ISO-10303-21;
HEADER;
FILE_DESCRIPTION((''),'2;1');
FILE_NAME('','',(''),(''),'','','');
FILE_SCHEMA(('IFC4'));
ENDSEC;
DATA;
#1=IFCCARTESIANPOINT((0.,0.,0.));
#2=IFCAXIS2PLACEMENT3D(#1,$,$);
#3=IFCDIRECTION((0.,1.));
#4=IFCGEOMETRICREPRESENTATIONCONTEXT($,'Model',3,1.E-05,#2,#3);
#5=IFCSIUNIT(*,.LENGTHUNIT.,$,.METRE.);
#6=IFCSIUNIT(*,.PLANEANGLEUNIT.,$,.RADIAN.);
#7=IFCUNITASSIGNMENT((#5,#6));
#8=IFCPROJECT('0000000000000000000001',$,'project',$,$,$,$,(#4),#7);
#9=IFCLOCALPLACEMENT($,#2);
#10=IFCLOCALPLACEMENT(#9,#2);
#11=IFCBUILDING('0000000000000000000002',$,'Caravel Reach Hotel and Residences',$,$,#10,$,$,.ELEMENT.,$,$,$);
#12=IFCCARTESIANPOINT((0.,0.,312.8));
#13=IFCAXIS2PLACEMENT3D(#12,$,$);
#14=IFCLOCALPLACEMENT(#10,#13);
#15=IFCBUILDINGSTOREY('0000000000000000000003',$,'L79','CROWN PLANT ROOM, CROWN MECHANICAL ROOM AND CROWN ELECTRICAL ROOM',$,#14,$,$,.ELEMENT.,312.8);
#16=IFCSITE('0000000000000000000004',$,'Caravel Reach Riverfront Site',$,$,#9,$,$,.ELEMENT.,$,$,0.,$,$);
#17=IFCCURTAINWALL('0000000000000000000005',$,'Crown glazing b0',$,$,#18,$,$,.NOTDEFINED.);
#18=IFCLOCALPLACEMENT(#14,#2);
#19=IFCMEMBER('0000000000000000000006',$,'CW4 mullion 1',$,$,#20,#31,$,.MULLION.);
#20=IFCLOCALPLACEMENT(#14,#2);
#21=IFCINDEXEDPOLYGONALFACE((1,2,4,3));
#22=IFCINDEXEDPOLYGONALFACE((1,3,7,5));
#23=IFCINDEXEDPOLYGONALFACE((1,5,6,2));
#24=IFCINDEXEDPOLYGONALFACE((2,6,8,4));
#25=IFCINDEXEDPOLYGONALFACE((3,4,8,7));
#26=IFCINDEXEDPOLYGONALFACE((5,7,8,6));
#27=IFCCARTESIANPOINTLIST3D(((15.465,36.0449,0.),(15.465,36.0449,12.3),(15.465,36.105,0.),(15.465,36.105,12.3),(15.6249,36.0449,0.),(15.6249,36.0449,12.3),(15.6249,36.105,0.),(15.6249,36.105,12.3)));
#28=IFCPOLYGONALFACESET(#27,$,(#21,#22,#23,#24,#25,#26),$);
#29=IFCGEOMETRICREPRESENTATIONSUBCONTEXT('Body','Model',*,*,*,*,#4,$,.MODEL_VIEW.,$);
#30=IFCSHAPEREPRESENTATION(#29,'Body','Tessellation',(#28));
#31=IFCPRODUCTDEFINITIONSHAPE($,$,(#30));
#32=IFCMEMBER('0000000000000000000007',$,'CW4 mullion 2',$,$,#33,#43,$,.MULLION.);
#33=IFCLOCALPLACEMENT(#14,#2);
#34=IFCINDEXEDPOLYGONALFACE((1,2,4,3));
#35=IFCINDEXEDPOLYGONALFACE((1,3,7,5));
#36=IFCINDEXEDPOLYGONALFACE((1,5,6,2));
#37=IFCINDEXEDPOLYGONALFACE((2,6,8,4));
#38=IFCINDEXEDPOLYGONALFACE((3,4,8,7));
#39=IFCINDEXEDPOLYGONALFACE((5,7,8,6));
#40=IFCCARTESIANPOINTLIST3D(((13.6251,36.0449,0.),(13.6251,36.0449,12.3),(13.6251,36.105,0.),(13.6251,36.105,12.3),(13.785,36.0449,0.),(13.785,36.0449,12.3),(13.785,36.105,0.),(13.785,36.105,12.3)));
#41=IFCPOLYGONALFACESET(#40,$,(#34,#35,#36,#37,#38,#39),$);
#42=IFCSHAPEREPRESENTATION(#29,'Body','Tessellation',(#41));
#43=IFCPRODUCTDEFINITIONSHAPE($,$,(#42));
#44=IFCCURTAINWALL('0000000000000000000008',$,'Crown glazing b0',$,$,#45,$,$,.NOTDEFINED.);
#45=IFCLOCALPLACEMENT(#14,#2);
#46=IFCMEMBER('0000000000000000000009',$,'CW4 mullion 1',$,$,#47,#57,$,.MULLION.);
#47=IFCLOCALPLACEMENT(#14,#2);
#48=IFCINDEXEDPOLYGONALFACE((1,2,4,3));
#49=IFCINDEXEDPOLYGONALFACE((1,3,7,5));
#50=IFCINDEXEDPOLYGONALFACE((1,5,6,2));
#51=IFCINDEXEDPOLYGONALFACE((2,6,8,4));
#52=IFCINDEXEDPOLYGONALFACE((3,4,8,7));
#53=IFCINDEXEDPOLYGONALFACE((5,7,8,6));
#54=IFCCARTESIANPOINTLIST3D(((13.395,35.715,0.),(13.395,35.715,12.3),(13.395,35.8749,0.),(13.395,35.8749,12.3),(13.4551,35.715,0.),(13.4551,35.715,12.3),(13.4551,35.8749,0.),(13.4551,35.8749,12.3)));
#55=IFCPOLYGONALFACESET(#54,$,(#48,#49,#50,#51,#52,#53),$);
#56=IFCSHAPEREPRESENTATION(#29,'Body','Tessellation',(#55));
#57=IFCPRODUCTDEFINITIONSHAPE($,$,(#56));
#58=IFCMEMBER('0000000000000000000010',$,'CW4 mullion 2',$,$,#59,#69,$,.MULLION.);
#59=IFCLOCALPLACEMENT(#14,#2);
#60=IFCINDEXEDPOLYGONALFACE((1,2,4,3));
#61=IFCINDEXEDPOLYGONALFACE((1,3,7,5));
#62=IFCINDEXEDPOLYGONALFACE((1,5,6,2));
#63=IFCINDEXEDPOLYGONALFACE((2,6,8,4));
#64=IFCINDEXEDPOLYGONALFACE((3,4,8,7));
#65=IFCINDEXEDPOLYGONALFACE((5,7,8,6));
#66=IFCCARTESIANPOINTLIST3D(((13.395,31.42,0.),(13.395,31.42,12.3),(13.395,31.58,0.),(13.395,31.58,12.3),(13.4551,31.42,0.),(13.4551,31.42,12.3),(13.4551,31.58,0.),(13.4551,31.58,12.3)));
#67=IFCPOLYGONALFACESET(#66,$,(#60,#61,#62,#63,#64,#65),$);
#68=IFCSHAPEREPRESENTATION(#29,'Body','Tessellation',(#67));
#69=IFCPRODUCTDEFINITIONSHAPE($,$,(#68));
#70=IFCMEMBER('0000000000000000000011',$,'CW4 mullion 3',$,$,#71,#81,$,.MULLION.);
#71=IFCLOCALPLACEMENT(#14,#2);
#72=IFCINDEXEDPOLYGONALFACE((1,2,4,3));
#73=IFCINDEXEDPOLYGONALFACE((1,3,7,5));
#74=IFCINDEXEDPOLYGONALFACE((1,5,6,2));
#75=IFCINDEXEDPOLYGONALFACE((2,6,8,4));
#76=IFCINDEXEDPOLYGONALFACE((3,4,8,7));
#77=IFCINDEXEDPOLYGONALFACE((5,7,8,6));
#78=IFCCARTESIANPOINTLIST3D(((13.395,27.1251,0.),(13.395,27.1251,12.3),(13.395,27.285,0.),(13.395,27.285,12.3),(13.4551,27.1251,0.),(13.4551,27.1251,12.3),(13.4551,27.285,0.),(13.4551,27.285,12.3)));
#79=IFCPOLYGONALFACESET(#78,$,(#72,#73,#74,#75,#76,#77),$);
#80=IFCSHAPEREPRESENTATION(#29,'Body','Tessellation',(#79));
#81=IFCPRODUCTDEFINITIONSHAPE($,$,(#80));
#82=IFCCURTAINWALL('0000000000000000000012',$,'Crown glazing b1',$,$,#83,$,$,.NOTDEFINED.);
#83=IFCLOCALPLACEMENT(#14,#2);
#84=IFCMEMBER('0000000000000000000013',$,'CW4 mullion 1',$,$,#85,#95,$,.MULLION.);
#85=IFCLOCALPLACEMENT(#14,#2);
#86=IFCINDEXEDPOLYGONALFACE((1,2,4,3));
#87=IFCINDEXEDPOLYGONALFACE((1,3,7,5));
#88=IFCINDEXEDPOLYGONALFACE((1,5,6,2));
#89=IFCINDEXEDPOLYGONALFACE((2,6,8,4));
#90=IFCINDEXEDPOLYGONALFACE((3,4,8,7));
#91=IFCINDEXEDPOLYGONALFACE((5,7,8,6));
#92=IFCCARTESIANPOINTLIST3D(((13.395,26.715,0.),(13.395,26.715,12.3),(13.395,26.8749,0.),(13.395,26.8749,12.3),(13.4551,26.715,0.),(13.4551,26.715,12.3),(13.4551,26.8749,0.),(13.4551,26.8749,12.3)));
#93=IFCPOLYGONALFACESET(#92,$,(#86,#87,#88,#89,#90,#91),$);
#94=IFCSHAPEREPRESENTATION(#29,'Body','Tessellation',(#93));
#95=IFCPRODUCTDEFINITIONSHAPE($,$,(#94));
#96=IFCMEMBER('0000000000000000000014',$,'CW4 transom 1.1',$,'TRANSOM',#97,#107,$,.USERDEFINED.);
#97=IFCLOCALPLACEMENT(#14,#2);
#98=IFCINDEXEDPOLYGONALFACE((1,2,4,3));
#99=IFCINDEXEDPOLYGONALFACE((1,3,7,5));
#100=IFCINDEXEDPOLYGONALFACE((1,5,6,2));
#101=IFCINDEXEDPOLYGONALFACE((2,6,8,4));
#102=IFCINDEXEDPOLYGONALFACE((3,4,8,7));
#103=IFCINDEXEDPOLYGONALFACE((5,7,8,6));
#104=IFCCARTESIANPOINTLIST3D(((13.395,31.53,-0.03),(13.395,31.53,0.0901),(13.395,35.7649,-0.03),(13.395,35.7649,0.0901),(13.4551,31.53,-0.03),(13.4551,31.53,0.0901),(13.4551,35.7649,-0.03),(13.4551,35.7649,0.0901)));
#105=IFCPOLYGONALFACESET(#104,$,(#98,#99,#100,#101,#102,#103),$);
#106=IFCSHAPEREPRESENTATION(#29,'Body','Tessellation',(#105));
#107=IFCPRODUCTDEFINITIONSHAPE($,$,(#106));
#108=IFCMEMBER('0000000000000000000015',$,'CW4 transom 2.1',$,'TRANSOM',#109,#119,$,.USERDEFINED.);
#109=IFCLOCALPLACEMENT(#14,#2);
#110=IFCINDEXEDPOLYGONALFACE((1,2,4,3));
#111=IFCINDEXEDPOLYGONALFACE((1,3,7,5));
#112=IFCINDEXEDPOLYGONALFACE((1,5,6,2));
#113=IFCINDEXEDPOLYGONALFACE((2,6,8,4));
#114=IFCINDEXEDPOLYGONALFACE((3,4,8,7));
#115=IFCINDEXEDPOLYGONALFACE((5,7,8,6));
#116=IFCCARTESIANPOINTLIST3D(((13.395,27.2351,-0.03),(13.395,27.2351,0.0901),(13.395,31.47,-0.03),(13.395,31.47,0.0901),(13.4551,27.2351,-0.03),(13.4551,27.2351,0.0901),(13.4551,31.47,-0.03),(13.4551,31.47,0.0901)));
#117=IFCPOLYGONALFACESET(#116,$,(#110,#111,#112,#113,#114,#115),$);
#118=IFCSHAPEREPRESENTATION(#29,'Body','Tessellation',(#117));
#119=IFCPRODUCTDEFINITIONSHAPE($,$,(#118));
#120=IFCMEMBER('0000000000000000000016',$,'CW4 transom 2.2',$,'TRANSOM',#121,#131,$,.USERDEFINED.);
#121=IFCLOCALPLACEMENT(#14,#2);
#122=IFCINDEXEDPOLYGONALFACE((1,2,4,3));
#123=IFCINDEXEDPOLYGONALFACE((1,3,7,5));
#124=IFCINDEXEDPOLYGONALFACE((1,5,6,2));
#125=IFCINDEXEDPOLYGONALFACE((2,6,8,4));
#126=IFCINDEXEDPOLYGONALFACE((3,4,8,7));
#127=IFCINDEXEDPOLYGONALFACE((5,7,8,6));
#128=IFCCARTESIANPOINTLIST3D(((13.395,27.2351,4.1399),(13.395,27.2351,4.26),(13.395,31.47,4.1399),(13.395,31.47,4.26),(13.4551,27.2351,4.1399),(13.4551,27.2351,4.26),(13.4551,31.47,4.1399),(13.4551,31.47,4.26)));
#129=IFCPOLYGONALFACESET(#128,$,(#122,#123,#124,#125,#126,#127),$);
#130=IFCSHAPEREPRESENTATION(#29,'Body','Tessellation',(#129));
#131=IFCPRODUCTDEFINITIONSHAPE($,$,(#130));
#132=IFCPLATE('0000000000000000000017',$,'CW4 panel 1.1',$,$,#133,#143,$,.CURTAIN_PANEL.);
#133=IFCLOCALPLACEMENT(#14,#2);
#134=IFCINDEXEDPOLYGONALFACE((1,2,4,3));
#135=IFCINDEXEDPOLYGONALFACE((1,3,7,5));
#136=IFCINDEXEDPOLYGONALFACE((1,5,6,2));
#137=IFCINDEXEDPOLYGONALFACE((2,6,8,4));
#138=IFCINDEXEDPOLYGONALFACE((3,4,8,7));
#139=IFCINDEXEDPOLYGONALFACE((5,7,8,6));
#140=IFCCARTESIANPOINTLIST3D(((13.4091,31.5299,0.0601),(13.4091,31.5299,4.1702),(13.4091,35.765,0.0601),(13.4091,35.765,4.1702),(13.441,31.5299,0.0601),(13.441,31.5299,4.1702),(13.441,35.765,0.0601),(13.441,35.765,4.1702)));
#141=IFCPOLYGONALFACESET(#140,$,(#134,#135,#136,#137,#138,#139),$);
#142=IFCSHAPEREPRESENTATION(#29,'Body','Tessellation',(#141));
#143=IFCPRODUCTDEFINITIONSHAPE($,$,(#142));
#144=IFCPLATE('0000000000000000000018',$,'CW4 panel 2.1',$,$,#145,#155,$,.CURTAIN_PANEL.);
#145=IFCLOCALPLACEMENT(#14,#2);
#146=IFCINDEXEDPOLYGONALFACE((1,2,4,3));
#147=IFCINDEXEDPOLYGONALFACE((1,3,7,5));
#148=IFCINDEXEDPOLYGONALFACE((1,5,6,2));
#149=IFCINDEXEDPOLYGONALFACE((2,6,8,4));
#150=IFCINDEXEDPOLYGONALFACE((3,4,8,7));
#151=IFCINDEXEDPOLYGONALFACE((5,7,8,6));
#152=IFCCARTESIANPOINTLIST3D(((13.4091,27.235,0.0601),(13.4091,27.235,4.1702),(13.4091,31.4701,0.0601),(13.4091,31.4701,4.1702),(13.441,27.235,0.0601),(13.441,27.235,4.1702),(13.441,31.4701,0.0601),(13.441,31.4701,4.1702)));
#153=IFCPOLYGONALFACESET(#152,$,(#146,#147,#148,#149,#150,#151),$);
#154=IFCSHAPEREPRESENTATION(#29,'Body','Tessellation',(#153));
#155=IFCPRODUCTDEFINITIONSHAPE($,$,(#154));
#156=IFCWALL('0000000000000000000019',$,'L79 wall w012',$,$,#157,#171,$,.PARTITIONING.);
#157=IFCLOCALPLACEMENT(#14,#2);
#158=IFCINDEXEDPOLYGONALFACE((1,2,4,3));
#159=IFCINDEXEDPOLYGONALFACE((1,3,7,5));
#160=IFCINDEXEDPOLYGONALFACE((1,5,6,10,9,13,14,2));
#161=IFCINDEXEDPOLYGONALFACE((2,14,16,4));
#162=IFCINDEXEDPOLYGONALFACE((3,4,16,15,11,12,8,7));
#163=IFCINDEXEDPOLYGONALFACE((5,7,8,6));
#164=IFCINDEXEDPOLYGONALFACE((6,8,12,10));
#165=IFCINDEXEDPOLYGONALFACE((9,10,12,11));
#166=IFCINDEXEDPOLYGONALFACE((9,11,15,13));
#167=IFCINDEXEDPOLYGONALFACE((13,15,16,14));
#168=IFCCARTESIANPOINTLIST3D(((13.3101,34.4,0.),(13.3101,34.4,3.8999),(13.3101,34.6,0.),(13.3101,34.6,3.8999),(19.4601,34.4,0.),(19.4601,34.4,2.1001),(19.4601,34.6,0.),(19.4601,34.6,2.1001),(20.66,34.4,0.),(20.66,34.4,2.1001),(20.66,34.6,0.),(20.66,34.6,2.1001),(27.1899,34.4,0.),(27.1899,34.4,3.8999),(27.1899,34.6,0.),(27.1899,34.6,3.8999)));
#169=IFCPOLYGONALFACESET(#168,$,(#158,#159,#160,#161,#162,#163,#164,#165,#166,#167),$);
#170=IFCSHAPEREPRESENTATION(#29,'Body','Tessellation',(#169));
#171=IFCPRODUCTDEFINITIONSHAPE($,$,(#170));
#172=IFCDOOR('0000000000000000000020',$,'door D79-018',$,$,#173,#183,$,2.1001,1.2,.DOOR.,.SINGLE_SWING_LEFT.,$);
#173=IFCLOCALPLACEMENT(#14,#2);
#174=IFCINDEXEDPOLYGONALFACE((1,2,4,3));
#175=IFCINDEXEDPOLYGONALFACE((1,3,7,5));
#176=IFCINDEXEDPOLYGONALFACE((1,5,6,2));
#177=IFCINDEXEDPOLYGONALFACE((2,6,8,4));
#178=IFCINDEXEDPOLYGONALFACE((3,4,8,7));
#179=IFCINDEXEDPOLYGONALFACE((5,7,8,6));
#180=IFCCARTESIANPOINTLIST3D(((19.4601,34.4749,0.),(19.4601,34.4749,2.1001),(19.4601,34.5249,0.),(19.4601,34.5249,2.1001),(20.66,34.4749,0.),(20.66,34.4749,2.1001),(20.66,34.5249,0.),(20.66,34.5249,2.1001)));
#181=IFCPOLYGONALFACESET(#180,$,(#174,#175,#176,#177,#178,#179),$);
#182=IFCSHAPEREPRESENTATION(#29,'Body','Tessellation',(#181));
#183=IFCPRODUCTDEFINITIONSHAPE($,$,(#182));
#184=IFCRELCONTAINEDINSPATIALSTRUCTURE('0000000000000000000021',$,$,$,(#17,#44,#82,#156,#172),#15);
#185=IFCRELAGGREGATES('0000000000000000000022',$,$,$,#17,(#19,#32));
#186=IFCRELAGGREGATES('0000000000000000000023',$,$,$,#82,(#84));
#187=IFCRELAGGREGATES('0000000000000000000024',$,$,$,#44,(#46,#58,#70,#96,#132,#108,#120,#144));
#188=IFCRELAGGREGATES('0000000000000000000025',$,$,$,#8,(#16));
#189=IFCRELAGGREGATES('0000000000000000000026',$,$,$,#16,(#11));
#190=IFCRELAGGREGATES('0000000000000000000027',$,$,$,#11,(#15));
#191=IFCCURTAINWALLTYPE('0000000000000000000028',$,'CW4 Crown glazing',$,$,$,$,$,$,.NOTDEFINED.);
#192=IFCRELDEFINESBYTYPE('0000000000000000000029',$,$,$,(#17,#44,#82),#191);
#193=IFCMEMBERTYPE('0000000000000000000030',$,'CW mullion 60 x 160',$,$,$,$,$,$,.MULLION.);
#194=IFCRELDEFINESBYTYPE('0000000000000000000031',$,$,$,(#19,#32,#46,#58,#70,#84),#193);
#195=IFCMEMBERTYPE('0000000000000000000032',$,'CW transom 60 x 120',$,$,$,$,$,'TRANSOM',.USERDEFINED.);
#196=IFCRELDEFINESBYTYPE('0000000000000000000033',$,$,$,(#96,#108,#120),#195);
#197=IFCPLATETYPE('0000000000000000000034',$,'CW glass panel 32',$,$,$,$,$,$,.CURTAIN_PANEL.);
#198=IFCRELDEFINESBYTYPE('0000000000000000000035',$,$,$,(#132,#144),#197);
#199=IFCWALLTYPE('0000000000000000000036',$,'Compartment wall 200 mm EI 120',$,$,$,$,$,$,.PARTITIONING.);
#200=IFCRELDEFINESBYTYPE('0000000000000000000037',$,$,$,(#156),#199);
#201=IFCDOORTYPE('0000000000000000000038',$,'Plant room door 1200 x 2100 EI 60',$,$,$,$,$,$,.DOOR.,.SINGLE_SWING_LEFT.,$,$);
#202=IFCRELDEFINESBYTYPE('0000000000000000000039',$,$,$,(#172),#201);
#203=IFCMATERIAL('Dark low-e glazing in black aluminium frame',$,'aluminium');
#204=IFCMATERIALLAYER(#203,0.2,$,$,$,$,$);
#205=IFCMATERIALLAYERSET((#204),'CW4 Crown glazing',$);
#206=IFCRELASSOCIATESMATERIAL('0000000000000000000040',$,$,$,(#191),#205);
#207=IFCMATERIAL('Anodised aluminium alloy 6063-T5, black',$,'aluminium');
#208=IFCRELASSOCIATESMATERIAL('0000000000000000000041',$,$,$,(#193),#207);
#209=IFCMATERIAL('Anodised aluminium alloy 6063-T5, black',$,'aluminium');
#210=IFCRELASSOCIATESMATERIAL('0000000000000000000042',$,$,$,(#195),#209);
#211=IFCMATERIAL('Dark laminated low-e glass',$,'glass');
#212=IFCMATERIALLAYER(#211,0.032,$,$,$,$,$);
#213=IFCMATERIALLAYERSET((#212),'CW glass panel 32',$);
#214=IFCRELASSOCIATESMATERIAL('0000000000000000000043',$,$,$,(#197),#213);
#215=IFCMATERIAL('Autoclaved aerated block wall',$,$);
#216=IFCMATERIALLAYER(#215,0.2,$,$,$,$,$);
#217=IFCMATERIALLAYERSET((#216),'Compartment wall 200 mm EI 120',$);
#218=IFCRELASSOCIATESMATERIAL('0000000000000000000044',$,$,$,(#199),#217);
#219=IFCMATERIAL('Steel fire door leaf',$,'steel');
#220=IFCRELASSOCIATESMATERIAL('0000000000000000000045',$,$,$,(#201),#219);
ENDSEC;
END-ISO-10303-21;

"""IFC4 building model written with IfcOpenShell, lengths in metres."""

from ifc_helpers import new_model, si_unit, direction, frame, frame_2d, origin, origin_2d, place, context, subcontext, project, spatial, rectangle, extrude, material, layer, layer_set, material_profile, profile_set, type_object, element, fill, aggregate, save


model = new_model("IFC4")

# Units and contexts
model_context = context("Model", 3, precision=1e-05, world=origin(), true_north=direction((0.0, 1.0)))
body_context = subcontext(model_context, "Body", "Model", "MODEL_VIEW")
ifc_project = project(units=[si_unit("LENGTHUNIT", "METRE"), si_unit("PLANEANGLEUNIT", "RADIAN")], contexts=[model_context])

# Site, building, storey
site_placement = place(None, origin())
site = spatial("IfcSite", under=ifc_project, at=site_placement, Name="Caravel Reach Riverfront Site", CompositionType="ELEMENT", RefElevation=0.0)
building_placement = place(site_placement, origin())
building = spatial("IfcBuilding", under=site, at=building_placement, Name="Caravel Reach Hotel and Residences", CompositionType="ELEMENT")
storey_placement = place(building_placement, frame((0.0, 0.0, 312.8)))
storey = spatial("IfcBuildingStorey", under=building, at=storey_placement, Name="L79", Description="CROWN PLANT ROOM, CROWN MECHANICAL ROOM AND CROWN ELECTRICAL ROOM", CompositionType="ELEMENT", Elevation=312.8)

# Curtain walls, members
ifc_material_1 = material(Name="Dark low-e glazing in black aluminium frame", Category="aluminium")
ifc_layer_1 = layer(ifc_material_1, 0.2)
ifc_layer_set_1 = layer_set([ifc_layer_1], Name="CW4 Crown glazing")
curtain_wall_type = type_object("IfcCurtainWallType", Name="CW4 Crown glazing", PredefinedType="NOTDEFINED", material=ifc_layer_set_1)
curtain_wall_1_placement = place(storey_placement, origin())
curtain_wall_1 = element("IfcCurtainWall", 1, at=curtain_wall_1_placement, inside=storey, type_object=curtain_wall_type, Name="Crown glazing b0", PredefinedType="NOTDEFINED")
ifc_material_2 = material(Name="Anodised aluminium alloy 6063-T5, black", Category="aluminium")
ifc_material_profile_1 = material_profile(ifc_material_2, rectangle(XDim=0.0601, YDim=0.1599, at=origin_2d()), Name="CW mullion 60 x 160")
ifc_profile_set_1 = profile_set([ifc_material_profile_1], Name="Anodised aluminium alloy 6063-T5, black")
member_type_1 = type_object("IfcMemberType", Name="CW mullion 60 x 160", PredefinedType="MULLION", material=ifc_profile_set_1)
member_1_placement = place(storey_placement, frame((15.5449, 36.075, 0.0), z_axis=(0.0, 0.0, 1.0), x_axis=(0.0, -1.0, 0.0)))
member_1 = element("IfcMember", 2, at=member_1_placement, type_object=member_type_1, Name="CW4 mullion 1", PredefinedType="MULLION", context=body_context, shape_type="SweptSolid", body=[
    extrude(rectangle(XDim=0.0601, YDim=0.1599, at=origin_2d()), origin(), (0.0, 0.0, 1.0), 12.3),
])
member_2_placement = place(storey_placement, frame((13.7051, 36.075, 0.0), z_axis=(0.0, 0.0, 1.0), x_axis=(0.0, -1.0, 0.0)))
member_2 = element("IfcMember", 3, at=member_2_placement, type_object=member_type_1, Name="CW4 mullion 2", PredefinedType="MULLION", context=body_context, shape_type="SweptSolid", body=[
    extrude(rectangle(XDim=0.0601, YDim=0.1599, at=origin_2d()), origin(), (0.0, 0.0, 1.0), 12.3),
])
aggregate(curtain_wall_1, [member_1, member_2])
curtain_wall_2_placement = place(storey_placement, origin())
curtain_wall_2 = element("IfcCurtainWall", 4, at=curtain_wall_2_placement, inside=storey, type_object=curtain_wall_type, Name="Crown glazing b0", PredefinedType="NOTDEFINED")
member_3_placement = place(storey_placement, frame((13.425, 35.7949, 0.0), z_axis=(0.0, 0.0, 1.0), x_axis=(1.0, 0.0, 0.0)))
member_3 = element("IfcMember", 5, at=member_3_placement, type_object=member_type_1, Name="CW4 mullion 1", PredefinedType="MULLION", context=body_context, shape_type="SweptSolid", body=[
    extrude(rectangle(XDim=0.0601, YDim=0.1599, at=origin_2d()), origin(), (0.0, 0.0, 1.0), 12.3),
])
member_4_placement = place(storey_placement, frame((13.425, 31.5, 0.0), z_axis=(0.0, 0.0, 1.0), x_axis=(1.0, 0.0, 0.0)))
member_4 = element("IfcMember", 6, at=member_4_placement, type_object=member_type_1, Name="CW4 mullion 2", PredefinedType="MULLION", context=body_context, shape_type="SweptSolid", body=[
    extrude(rectangle(XDim=0.0601, YDim=0.1599, at=origin_2d()), origin(), (0.0, 0.0, 1.0), 12.3),
])
member_5_placement = place(storey_placement, frame((13.425, 27.2051, 0.0), z_axis=(0.0, 0.0, 1.0), x_axis=(1.0, 0.0, 0.0)))
member_5 = element("IfcMember", 7, at=member_5_placement, type_object=member_type_1, Name="CW4 mullion 3", PredefinedType="MULLION", context=body_context, shape_type="SweptSolid", body=[
    extrude(rectangle(XDim=0.0601, YDim=0.1599, at=origin_2d()), origin(), (0.0, 0.0, 1.0), 12.3),
])

# Curtain wall, member
curtain_wall_3_placement = place(storey_placement, origin())
curtain_wall_3 = element("IfcCurtainWall", 8, at=curtain_wall_3_placement, inside=storey, type_object=curtain_wall_type, Name="Crown glazing b1", PredefinedType="NOTDEFINED")
member_6_placement = place(storey_placement, frame((13.425, 26.7949, 0.0), z_axis=(0.0, 0.0, 1.0), x_axis=(1.0, 0.0, 0.0)))
member_6 = element("IfcMember", 9, at=member_6_placement, type_object=member_type_1, Name="CW4 mullion 1", PredefinedType="MULLION", context=body_context, shape_type="SweptSolid", body=[
    extrude(rectangle(XDim=0.0601, YDim=0.1599, at=origin_2d()), origin(), (0.0, 0.0, 1.0), 12.3),
])
aggregate(curtain_wall_3, [member_6])

# Members
ifc_material_3 = material(Name="Anodised aluminium alloy 6063-T5, black", Category="aluminium")
ifc_material_profile_2 = material_profile(ifc_material_3, rectangle(XDim=0.0601, YDim=0.1201, at=origin_2d()), Name="CW transom 60 x 120")
ifc_profile_set_2 = profile_set([ifc_material_profile_2], Name="Anodised aluminium alloy 6063-T5, black")
member_type_2 = type_object("IfcMemberType", Name="CW transom 60 x 120", ElementType="TRANSOM", PredefinedType="USERDEFINED", material=ifc_profile_set_2)
member_7_placement = place(storey_placement, frame((13.425, 35.7649, 0.03), z_axis=(0.0, -1.0, 0.0), x_axis=(1.0, 0.0, 0.0)))
member_7 = element("IfcMember", 10, at=member_7_placement, type_object=member_type_2, Name="CW4 transom 1.1", ObjectType="TRANSOM", PredefinedType="USERDEFINED", context=body_context, shape_type="SweptSolid", body=[
    extrude(rectangle(XDim=0.0601, YDim=0.1201, at=origin_2d()), origin(), (0.0, 0.0, 1.0), 4.2349),
])
member_8_placement = place(storey_placement, frame((13.425, 31.47, 0.03), z_axis=(0.0, -1.0, 0.0), x_axis=(1.0, 0.0, 0.0)))
member_8 = element("IfcMember", 11, at=member_8_placement, type_object=member_type_2, Name="CW4 transom 2.1", ObjectType="TRANSOM", PredefinedType="USERDEFINED", context=body_context, shape_type="SweptSolid", body=[
    extrude(rectangle(XDim=0.0601, YDim=0.1201, at=origin_2d()), origin(), (0.0, 0.0, 1.0), 4.2349),
])
member_9_placement = place(storey_placement, frame((13.425, 31.47, 4.2), z_axis=(0.0, -1.0, 0.0), x_axis=(1.0, 0.0, 0.0)))
member_9 = element("IfcMember", 12, at=member_9_placement, type_object=member_type_2, Name="CW4 transom 2.2", ObjectType="TRANSOM", PredefinedType="USERDEFINED", context=body_context, shape_type="SweptSolid", body=[
    extrude(rectangle(XDim=0.0601, YDim=0.1201, at=origin_2d()), origin(), (0.0, 0.0, 1.0), 4.2349),
])

# Plates
ifc_material_4 = material(Name="Dark laminated low-e glass", Category="glass")
ifc_layer_2 = layer(ifc_material_4, 0.032)
ifc_layer_set_2 = layer_set([ifc_layer_2], Name="CW glass panel 32")
plate_type = type_object("IfcPlateType", Name="CW glass panel 32", PredefinedType="CURTAIN_PANEL", material=ifc_layer_set_2)
plate_1_placement = place(storey_placement, frame((13.425, 33.6475, 0.0601), z_axis=(0.0, 0.0, 1.0), x_axis=(0.0, -1.0, 0.0)))
plate_1 = element("IfcPlate", 13, at=plate_1_placement, type_object=plate_type, Name="CW4 panel 1.1", PredefinedType="CURTAIN_PANEL", context=body_context, shape_type="SweptSolid", body=[
    extrude(rectangle(XDim=4.2351, YDim=0.032, at=origin_2d()), origin(), (0.0, 0.0, 1.0), 4.1101),
])
plate_2_placement = place(storey_placement, frame((13.425, 29.3525, 0.0601), z_axis=(0.0, 0.0, 1.0), x_axis=(0.0, -1.0, 0.0)))
plate_2 = element("IfcPlate", 14, at=plate_2_placement, type_object=plate_type, Name="CW4 panel 2.1", PredefinedType="CURTAIN_PANEL", context=body_context, shape_type="SweptSolid", body=[
    extrude(rectangle(XDim=4.2351, YDim=0.032, at=origin_2d()), origin(), (0.0, 0.0, 1.0), 4.1101),
])
aggregate(curtain_wall_2, [member_3, member_4, member_5, member_7, plate_1, member_8, member_9, plate_2])

# Wall, opening, door
ifc_material_5 = material(Name="Autoclaved aerated block wall")
ifc_layer_3 = layer(ifc_material_5, 0.2)
ifc_layer_set_3 = layer_set([ifc_layer_3], Name="Compartment wall 200 mm EI 120")
wall_type_1 = type_object("IfcWallType", Name="Compartment wall 200 mm EI 120", PredefinedType="PARTITIONING", material=ifc_layer_set_3)
wall_1_placement = place(storey_placement, frame((13.3101, 34.5, 0.0), z_axis=(0.0, 0.0, 1.0), x_axis=(1.0, 0.0, 0.0)))
wall_1 = element("IfcWall", 15, at=wall_1_placement, inside=storey, type_object=wall_type_1, Name="L79 wall w012", PredefinedType="PARTITIONING", context=body_context, shape_type="SweptSolid", body=[
    extrude(rectangle(XDim=13.8799, YDim=0.2, at=frame_2d((6.9399, 0.0))), origin(), (0.0, 0.0, 1.0), 3.8999),
])
opening_1_placement = place(wall_1_placement, frame((6.1499, 0.0, 0.0)))
opening_1 = element("IfcOpeningElement", 16, at=opening_1_placement, cuts=wall_1, PredefinedType="OPENING", context=body_context, shape_type="SweptSolid", body=[
    extrude(rectangle(XDim=1.2, YDim=2.1001, at=frame_2d((0.6001, 1.05))), frame((0.0, 0.1099, 0.0), z_axis=(0.0, -1.0, 0.0), x_axis=(1.0, 0.0, 0.0)), (0.0, 0.0, 1.0), 0.22),
])
ifc_material_6 = material(Name="Steel fire door leaf", Category="steel")
door_type_1 = type_object("IfcDoorType", Name="Plant room door 1200 x 2100 EI 60", OperationType="SINGLE_SWING_LEFT", PredefinedType="DOOR", material=ifc_material_6)
door_1_placement = place(opening_1_placement, origin())
door_1 = element("IfcDoor", 17, at=door_1_placement, inside=storey, type_object=door_type_1, Name="door D79-018", OperationType="SINGLE_SWING_LEFT", OverallHeight=2.1001, OverallWidth=1.2, PredefinedType="DOOR", context=body_context, shape_type="SweptSolid", body=[
    extrude(rectangle(XDim=1.2, YDim=2.1001, at=frame_2d((0.6001, 1.05))), frame((0.0, 0.0249, 0.0), z_axis=(0.0, -1.0, 0.0), x_axis=(1.0, 0.0, 0.0)), (0.0, 0.0, 1.0), 0.05),
])
fill(opening_1, door_1)

save(model, "model.ifc")
